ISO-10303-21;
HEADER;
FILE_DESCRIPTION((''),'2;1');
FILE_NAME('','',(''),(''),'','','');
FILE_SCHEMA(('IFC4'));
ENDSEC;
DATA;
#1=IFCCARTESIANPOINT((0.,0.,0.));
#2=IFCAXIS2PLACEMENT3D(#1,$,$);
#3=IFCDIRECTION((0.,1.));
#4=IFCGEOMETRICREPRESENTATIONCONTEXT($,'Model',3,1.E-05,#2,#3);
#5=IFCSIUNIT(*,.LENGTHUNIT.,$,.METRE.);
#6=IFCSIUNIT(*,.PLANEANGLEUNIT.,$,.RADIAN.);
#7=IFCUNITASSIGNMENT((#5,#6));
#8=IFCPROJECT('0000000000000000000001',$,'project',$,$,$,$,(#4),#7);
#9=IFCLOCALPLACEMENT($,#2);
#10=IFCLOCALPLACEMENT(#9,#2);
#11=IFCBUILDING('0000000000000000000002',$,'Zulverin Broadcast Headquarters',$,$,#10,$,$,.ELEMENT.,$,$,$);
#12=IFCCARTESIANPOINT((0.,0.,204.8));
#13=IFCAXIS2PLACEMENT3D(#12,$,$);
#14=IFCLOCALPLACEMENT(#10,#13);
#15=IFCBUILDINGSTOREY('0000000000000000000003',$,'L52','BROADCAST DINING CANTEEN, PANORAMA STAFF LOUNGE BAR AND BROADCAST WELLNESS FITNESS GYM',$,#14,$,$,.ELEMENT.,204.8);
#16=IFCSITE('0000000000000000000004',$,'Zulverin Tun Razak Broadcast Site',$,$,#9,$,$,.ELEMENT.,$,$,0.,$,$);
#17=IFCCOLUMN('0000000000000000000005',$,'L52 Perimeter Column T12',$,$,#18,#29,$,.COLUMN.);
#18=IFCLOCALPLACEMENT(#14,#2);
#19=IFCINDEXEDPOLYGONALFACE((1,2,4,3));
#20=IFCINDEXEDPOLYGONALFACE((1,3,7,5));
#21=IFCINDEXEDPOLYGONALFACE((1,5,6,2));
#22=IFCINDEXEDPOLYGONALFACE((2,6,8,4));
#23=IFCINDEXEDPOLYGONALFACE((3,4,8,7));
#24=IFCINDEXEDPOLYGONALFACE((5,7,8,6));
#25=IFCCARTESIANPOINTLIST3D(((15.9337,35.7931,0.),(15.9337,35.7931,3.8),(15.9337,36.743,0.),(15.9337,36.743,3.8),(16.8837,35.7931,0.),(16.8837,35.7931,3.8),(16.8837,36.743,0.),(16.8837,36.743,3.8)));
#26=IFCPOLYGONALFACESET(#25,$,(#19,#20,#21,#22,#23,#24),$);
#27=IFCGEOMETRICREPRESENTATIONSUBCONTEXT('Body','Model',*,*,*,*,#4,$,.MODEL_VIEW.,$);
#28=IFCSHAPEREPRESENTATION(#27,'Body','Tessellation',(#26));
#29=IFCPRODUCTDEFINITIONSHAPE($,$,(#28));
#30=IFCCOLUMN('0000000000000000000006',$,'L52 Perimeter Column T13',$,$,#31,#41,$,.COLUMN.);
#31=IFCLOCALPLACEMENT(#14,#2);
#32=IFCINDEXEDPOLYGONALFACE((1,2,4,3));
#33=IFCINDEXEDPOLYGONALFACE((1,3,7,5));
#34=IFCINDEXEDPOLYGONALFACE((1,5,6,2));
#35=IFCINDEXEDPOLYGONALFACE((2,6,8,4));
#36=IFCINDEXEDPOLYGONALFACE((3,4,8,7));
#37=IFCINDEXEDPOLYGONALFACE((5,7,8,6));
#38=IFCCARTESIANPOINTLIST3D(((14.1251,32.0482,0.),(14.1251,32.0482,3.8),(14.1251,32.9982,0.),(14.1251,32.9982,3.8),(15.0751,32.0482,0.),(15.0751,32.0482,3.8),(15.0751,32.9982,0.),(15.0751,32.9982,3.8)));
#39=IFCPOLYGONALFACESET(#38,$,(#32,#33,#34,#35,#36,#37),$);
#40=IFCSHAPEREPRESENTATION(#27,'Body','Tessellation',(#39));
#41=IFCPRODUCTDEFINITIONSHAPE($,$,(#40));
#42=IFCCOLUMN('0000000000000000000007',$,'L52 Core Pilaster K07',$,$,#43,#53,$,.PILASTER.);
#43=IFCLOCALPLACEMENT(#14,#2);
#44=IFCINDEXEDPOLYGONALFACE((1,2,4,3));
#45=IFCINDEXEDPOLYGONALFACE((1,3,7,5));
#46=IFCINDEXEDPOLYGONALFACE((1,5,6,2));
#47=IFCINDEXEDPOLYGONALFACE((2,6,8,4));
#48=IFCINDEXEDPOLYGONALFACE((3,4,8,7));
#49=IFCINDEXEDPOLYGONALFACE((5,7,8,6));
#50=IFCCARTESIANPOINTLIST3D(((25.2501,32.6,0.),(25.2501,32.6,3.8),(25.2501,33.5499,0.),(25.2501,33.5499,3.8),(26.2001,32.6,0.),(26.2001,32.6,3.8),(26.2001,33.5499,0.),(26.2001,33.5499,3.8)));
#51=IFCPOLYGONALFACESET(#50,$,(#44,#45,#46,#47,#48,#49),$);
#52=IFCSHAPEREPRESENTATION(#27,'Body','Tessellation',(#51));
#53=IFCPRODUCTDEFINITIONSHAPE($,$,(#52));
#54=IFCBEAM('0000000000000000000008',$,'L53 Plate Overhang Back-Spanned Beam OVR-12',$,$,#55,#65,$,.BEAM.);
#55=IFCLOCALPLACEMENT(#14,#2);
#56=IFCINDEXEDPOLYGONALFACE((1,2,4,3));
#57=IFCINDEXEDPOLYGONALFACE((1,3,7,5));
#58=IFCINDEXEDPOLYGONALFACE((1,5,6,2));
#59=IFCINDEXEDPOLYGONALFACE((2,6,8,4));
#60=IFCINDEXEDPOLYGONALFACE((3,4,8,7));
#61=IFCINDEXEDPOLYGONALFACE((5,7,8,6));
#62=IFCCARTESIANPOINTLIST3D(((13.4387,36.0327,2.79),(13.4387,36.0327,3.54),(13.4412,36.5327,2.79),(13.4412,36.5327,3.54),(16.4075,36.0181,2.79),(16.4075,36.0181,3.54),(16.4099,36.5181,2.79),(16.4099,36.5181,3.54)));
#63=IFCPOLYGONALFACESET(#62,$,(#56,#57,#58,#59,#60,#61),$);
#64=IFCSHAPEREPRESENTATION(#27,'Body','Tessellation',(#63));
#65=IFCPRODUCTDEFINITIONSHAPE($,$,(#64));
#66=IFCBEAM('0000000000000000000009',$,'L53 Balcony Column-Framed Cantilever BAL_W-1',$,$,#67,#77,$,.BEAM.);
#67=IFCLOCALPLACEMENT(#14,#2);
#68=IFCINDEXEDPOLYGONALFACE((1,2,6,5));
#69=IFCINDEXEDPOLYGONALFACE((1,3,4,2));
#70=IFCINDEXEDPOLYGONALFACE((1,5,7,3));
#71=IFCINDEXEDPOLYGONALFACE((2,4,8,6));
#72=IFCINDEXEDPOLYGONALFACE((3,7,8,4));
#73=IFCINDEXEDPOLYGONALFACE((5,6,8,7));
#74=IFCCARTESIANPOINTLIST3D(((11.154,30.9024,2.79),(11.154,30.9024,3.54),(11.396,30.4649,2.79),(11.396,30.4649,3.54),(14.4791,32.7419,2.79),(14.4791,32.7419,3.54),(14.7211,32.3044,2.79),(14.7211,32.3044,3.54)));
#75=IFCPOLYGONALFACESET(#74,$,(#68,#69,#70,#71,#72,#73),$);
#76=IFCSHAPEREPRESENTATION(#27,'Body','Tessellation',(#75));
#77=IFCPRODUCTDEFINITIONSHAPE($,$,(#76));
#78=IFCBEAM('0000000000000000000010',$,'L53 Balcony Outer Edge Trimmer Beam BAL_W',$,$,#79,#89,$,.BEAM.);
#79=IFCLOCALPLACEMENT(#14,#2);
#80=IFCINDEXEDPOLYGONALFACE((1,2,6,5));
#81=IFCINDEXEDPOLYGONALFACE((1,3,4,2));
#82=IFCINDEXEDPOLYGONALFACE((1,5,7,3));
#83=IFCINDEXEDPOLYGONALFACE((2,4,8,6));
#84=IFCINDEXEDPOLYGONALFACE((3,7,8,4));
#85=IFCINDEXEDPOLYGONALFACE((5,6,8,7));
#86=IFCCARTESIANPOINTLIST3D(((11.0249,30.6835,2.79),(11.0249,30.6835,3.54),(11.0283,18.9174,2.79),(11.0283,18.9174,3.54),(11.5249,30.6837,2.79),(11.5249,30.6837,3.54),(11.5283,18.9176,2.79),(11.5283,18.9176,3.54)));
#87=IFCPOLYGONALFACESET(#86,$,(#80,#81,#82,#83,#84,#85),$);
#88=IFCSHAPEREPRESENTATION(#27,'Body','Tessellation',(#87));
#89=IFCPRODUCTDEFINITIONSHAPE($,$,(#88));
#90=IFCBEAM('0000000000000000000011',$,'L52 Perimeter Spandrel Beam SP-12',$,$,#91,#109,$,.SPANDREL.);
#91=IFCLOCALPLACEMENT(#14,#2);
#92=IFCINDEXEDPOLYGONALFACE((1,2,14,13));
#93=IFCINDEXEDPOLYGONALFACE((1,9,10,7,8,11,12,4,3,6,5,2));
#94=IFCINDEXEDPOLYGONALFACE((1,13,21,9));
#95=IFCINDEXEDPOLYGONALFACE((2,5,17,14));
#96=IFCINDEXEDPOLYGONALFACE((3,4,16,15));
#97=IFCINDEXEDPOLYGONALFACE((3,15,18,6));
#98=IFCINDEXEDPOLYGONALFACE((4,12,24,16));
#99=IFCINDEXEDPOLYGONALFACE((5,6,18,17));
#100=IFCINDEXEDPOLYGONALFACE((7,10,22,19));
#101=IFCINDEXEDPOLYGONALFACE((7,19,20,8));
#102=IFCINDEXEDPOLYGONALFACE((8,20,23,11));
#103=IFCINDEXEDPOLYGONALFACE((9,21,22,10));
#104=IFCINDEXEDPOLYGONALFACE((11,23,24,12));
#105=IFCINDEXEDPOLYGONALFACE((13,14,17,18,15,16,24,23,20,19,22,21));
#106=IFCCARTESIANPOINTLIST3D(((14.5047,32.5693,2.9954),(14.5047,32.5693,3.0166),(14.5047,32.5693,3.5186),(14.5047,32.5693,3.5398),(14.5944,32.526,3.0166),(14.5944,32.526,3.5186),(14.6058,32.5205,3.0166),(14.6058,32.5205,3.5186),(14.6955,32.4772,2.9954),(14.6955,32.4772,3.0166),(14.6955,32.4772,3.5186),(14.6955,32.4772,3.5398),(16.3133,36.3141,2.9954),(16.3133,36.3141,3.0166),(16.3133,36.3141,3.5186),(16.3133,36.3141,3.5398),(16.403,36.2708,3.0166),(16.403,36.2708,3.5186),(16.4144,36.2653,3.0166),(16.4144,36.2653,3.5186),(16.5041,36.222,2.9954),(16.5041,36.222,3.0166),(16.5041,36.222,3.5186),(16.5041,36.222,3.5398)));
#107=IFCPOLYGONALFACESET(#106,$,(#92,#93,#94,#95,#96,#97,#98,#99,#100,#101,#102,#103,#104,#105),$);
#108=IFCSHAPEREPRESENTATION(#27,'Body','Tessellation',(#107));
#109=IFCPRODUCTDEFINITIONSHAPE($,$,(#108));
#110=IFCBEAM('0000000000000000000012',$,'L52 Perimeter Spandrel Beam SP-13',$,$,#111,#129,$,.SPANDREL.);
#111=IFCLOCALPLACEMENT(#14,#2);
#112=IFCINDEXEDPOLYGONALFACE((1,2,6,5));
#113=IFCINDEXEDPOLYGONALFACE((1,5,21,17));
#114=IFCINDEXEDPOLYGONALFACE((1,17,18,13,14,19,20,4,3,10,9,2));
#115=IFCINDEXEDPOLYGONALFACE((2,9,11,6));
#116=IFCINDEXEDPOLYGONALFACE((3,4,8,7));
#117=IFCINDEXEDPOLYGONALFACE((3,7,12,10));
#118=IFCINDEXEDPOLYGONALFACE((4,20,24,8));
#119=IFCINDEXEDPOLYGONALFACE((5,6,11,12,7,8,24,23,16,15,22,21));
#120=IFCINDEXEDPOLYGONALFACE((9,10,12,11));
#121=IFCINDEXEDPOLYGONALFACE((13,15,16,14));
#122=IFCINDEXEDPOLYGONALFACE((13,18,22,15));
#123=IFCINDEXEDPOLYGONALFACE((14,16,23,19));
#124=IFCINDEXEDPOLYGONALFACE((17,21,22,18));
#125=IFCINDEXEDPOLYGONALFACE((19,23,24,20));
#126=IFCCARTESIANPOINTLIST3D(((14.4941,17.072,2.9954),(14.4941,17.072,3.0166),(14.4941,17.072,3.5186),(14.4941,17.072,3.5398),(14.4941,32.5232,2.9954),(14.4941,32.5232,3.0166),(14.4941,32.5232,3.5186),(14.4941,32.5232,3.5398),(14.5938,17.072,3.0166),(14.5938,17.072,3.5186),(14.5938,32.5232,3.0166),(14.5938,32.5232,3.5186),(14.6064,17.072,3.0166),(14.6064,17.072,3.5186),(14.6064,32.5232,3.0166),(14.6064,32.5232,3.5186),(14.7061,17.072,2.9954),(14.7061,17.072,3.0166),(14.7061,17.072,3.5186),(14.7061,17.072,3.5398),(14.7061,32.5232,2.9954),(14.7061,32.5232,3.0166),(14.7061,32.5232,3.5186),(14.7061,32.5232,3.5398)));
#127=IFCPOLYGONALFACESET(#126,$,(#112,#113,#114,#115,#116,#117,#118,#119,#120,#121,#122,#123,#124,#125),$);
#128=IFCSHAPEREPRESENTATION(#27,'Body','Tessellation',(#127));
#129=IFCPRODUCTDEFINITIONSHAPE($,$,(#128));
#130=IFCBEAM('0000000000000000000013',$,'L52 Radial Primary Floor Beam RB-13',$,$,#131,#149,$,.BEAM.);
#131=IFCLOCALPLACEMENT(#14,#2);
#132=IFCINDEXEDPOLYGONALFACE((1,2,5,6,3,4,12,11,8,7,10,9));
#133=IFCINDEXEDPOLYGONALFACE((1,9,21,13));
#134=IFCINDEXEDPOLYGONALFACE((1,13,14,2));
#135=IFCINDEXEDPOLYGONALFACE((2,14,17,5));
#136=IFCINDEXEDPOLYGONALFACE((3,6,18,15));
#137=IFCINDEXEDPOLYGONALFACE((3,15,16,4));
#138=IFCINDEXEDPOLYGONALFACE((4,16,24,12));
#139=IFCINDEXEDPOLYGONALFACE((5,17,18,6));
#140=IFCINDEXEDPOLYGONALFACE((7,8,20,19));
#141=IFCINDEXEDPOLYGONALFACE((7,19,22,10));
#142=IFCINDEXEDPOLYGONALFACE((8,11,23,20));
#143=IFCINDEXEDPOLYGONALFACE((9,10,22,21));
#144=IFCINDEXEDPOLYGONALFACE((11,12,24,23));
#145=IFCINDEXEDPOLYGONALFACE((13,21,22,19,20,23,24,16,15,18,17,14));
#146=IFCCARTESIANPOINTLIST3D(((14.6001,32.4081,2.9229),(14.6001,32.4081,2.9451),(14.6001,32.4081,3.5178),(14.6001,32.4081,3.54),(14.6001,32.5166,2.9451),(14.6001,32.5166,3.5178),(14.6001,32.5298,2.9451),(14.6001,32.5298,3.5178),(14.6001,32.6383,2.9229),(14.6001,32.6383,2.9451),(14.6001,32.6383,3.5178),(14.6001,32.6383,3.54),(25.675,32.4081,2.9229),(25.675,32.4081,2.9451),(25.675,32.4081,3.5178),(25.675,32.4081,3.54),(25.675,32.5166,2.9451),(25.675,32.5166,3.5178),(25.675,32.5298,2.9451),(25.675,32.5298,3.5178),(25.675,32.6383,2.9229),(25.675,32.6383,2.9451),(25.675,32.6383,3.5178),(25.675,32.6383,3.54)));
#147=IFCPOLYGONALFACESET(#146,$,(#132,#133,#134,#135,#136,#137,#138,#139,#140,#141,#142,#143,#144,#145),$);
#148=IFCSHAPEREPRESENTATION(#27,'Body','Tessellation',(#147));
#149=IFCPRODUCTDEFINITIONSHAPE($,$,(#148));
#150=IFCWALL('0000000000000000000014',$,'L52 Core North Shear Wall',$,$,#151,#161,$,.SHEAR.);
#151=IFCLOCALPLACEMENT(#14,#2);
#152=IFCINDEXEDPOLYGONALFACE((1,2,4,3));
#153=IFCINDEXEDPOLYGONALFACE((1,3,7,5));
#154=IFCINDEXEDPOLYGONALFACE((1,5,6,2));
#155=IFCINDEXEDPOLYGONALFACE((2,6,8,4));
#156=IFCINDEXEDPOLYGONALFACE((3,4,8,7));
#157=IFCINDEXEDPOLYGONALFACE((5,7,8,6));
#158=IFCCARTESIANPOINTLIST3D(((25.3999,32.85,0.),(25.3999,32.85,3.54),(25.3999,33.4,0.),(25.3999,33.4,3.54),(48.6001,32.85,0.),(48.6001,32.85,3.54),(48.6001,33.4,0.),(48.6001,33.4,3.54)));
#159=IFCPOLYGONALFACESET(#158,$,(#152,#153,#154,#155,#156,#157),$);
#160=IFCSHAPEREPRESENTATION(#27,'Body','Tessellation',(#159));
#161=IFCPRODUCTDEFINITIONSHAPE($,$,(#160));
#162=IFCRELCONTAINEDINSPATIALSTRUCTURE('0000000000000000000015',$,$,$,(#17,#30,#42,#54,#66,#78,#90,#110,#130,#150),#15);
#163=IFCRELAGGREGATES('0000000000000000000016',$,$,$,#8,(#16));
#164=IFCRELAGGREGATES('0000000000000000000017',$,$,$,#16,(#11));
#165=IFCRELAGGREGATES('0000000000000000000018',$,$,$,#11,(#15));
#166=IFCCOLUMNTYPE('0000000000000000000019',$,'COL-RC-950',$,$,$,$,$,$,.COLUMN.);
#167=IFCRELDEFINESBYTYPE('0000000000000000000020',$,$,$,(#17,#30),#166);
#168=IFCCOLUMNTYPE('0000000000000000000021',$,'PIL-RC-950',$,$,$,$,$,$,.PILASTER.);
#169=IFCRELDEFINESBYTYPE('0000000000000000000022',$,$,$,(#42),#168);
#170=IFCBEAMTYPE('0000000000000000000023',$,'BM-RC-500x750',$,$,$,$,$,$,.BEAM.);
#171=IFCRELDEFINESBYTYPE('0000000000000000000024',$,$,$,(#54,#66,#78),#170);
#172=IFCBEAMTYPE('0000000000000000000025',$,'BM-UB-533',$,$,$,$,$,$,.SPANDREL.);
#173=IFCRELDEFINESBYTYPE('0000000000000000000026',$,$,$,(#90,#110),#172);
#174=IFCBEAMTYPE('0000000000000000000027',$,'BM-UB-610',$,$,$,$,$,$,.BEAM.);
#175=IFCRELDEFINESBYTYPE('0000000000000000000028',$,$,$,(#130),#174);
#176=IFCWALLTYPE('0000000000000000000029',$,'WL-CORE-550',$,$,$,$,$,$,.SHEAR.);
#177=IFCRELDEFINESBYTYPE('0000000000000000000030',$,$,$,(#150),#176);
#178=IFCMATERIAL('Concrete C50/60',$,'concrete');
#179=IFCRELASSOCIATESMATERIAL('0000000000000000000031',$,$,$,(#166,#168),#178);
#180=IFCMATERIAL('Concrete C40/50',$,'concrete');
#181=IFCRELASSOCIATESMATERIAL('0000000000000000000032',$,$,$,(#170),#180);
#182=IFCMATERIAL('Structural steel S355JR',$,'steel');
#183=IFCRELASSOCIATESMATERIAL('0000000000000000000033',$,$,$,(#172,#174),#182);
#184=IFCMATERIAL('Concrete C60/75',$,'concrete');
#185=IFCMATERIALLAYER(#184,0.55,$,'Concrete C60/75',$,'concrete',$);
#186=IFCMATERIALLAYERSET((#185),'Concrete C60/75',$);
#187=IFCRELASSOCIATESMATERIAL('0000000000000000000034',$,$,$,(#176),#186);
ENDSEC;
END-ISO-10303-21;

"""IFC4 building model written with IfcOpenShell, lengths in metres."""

from ifc_helpers import new_model, si_unit, direction, frame, frame_2d, origin, origin_2d, place, context, subcontext, project, spatial, rectangle, i_section, extrude, material, layer, layer_set, material_profile, profile_set, type_object, element, save


model = new_model("IFC4")

# Units and contexts
model_context = context("Model", 3, precision=1e-05, world=origin(), true_north=direction((0.0, 1.0)))
body_context = subcontext(model_context, "Body", "Model", "MODEL_VIEW")
ifc_project = project(units=[si_unit("LENGTHUNIT", "METRE"), si_unit("PLANEANGLEUNIT", "RADIAN")], contexts=[model_context])

# Site, building, storey
site_placement = place(None, origin())
site = spatial("IfcSite", under=ifc_project, at=site_placement, Name="Zulverin Tun Razak Broadcast Site", CompositionType="ELEMENT", RefElevation=0.0)
building_placement = place(site_placement, origin())
building = spatial("IfcBuilding", under=site, at=building_placement, Name="Zulverin Broadcast Headquarters", CompositionType="ELEMENT")
storey_placement = place(building_placement, frame((0.0, 0.0, 204.8)))
storey = spatial("IfcBuildingStorey", under=building, at=storey_placement, Name="L52", Description="BROADCAST DINING CANTEEN, PANORAMA STAFF LOUNGE BAR AND BROADCAST WELLNESS FITNESS GYM", CompositionType="ELEMENT", Elevation=204.8)

# Columns
ifc_material_1 = material(Name="Concrete C50/60", Category="concrete")
ifc_material_profile_1 = material_profile(ifc_material_1, rectangle(XDim=0.95, YDim=0.95, at=origin_2d()), Name="Concrete C50/60", Category="concrete")
ifc_profile_set_1 = profile_set([ifc_material_profile_1], Name="Concrete C50/60")
column_type_1 = type_object("IfcColumnType", Name="COL-RC-950", PredefinedType="COLUMN", material=ifc_profile_set_1)
for number, where, z_axis, x_axis, name in (
    (1, (16.4087, 36.2681, 0.0), (0.0, 0.0, 1.0), (1.0, 0.0, 0.0), "L52 Perimeter Column T12"),
    (2, (14.6001, 32.5232, 0.0), (0.0, 0.0, 1.0), (1.0, 0.0, 0.0), "L52 Perimeter Column T13"),
):
    element("IfcColumn", number, at=place(storey_placement, frame(where, z_axis=z_axis, x_axis=x_axis)), inside=storey, type_object=column_type_1, Name=name, PredefinedType="COLUMN", context=body_context, shape_type="SweptSolid", body=[
        extrude(rectangle(XDim=0.95, YDim=0.95, at=origin_2d()), origin(), (0.0, 0.0, 1.0), 3.8),
    ])
ifc_material_profile_2 = material_profile(ifc_material_1, rectangle(XDim=0.95, YDim=0.95, at=origin_2d()), Name="Concrete C50/60", Category="concrete")
ifc_profile_set_2 = profile_set([ifc_material_profile_2], Name="Concrete C50/60")
column_type_2 = type_object("IfcColumnType", Name="PIL-RC-950", PredefinedType="PILASTER", material=ifc_profile_set_2)
column_placement = place(storey_placement, frame((25.7251, 33.075, 0.0), z_axis=(0.0, 0.0, 1.0), x_axis=(1.0, 0.0, 0.0)))
element("IfcColumn", 3, at=column_placement, inside=storey, type_object=column_type_2, Name="L52 Core Pilaster K07", PredefinedType="PILASTER", context=body_context, shape_type="SweptSolid", body=[
    extrude(rectangle(XDim=0.95, YDim=0.95, at=origin_2d()), origin(), (0.0, 0.0, 1.0), 3.8),
])

# Beams
ifc_material_2 = material(Name="Concrete C40/50", Category="concrete")
ifc_material_profile_3 = material_profile(ifc_material_2, rectangle(XDim=0.5, YDim=0.75, at=origin_2d()), Name="Concrete C40/50", Category="concrete")
ifc_profile_set_3 = profile_set([ifc_material_profile_3], Name="Concrete C40/50")
beam_type_1 = type_object("IfcBeamType", Name="BM-RC-500x750", PredefinedType="BEAM", material=ifc_profile_set_3)
beam_1_placement = place(storey_placement, frame((16.4087, 36.2681, 3.165), z_axis=(-0.999988, 0.004934, 0.0), x_axis=(-0.004934, -0.999988, 0.0)))
element("IfcBeam", 4, at=beam_1_placement, inside=storey, type_object=beam_type_1, Name="L53 Plate Overhang Back-Spanned Beam OVR-12", PredefinedType="BEAM", context=body_context, shape_type="SweptSolid", body=[
    extrude(rectangle(XDim=0.5, YDim=0.75, at=origin_2d()), origin(), (0.0, 0.0, 1.0), 2.9688),
])
beam_2_placement = place(storey_placement, frame((14.6001, 32.5232, 3.165), z_axis=(-0.87502, -0.484088, 0.0), x_axis=(0.484088, -0.87502, 0.0)))
element("IfcBeam", 5, at=beam_2_placement, inside=storey, type_object=beam_type_1, Name="L53 Balcony Column-Framed Cantilever BAL_W-1", PredefinedType="BEAM", context=body_context, shape_type="SweptSolid", body=[
    extrude(rectangle(XDim=0.5, YDim=0.75, at=origin_2d()), origin(), (0.0, 0.0, 1.0), 3.8),
])
beam_3_placement = place(storey_placement, frame((11.2749, 30.6836, 3.165), z_axis=(0.00029, -1.0, 0.0), x_axis=(1.0, 0.00029, 0.0)))
element("IfcBeam", 6, at=beam_3_placement, inside=storey, type_object=beam_type_1, Name="L53 Balcony Outer Edge Trimmer Beam BAL_W", PredefinedType="BEAM", context=body_context, shape_type="SweptSolid", body=[
    extrude(rectangle(XDim=0.5, YDim=0.75, at=origin_2d()), origin(), (0.0, 0.0, 1.0), 11.7661),
])
ifc_material_3 = material(Name="Structural steel S355JR", Category="steel")
ifc_material_profile_4 = material_profile(ifc_material_3, i_section(OverallWidth=0.2119, OverallDepth=0.5444, WebThickness=0.0127, FlangeThickness=0.0212, at=origin_2d()), Name="Structural steel S355JR", Category="steel")
ifc_profile_set_4 = profile_set([ifc_material_profile_4], Name="Structural steel S355JR")
beam_type_2 = type_object("IfcBeamType", Name="BM-UB-533", PredefinedType="SPANDREL", material=ifc_profile_set_4)
beam_4_placement = place(storey_placement, frame((16.4087, 36.2681, 3.2676), z_axis=(-0.43489, -0.900483, 0.0), x_axis=(0.900483, -0.43489, 0.0)))
element("IfcBeam", 7, at=beam_4_placement, inside=storey, type_object=beam_type_2, Name="L52 Perimeter Spandrel Beam SP-12", PredefinedType="SPANDREL", context=body_context, shape_type="SweptSolid", body=[
    extrude(i_section(OverallWidth=0.2119, OverallDepth=0.5444, WebThickness=0.0127, FlangeThickness=0.0212, at=origin_2d()), origin(), (0.0, 0.0, 1.0), 4.1587),
])
beam_5_placement = place(storey_placement, frame((14.6001, 32.5232, 3.2676), z_axis=(0.0, -1.0, 0.0), x_axis=(1.0, 0.0, 0.0)))
element("IfcBeam", 8, at=beam_5_placement, inside=storey, type_object=beam_type_2, Name="L52 Perimeter Spandrel Beam SP-13", PredefinedType="SPANDREL", context=body_context, shape_type="SweptSolid", body=[
    extrude(i_section(OverallWidth=0.2119, OverallDepth=0.5444, WebThickness=0.0127, FlangeThickness=0.0212, at=origin_2d()), origin(), (0.0, 0.0, 1.0), 15.4512),
])
ifc_material_profile_5 = material_profile(ifc_material_3, i_section(OverallWidth=0.2302, OverallDepth=0.6172, WebThickness=0.0132, FlangeThickness=0.0222, at=origin_2d()), Name="Structural steel S355JR", Category="steel")
ifc_profile_set_5 = profile_set([ifc_material_profile_5], Name="Structural steel S355JR")
beam_type_3 = type_object("IfcBeamType", Name="BM-UB-610", PredefinedType="BEAM", material=ifc_profile_set_5)
beam_6_placement = place(storey_placement, frame((25.675, 32.5232, 3.2314), z_axis=(-1.0, 0.0, 0.0), x_axis=(0.0, -1.0, 0.0)))
element("IfcBeam", 9, at=beam_6_placement, inside=storey, type_object=beam_type_3, Name="L52 Radial Primary Floor Beam RB-13", PredefinedType="BEAM", context=body_context, shape_type="SweptSolid", body=[
    extrude(i_section(OverallWidth=0.2302, OverallDepth=0.6172, WebThickness=0.0132, FlangeThickness=0.0222, at=origin_2d()), origin(), (0.0, 0.0, 1.0), 11.075),
])

# Wall
ifc_material_4 = material(Name="Concrete C60/75", Category="concrete")
ifc_layer_1 = layer(ifc_material_4, 0.55, Name="Concrete C60/75", Category="concrete")
ifc_layer_set_1 = layer_set([ifc_layer_1], Name="Concrete C60/75")
wall_type_1 = type_object("IfcWallType", Name="WL-CORE-550", PredefinedType="SHEAR", material=ifc_layer_set_1)
wall_1_placement = place(storey_placement, frame((25.3999, 33.125, 0.0), z_axis=(0.0, 0.0, 1.0), x_axis=(1.0, 0.0, 0.0)))
element("IfcWall", 10, at=wall_1_placement, inside=storey, type_object=wall_type_1, Name="L52 Core North Shear Wall", PredefinedType="SHEAR", context=body_context, shape_type="SweptSolid", body=[
    extrude(rectangle(XDim=23.2002, YDim=0.55, at=frame_2d((11.6001, 0.0))), origin(), (0.0, 0.0, 1.0), 3.54),
])

save(model, "model.ifc")
